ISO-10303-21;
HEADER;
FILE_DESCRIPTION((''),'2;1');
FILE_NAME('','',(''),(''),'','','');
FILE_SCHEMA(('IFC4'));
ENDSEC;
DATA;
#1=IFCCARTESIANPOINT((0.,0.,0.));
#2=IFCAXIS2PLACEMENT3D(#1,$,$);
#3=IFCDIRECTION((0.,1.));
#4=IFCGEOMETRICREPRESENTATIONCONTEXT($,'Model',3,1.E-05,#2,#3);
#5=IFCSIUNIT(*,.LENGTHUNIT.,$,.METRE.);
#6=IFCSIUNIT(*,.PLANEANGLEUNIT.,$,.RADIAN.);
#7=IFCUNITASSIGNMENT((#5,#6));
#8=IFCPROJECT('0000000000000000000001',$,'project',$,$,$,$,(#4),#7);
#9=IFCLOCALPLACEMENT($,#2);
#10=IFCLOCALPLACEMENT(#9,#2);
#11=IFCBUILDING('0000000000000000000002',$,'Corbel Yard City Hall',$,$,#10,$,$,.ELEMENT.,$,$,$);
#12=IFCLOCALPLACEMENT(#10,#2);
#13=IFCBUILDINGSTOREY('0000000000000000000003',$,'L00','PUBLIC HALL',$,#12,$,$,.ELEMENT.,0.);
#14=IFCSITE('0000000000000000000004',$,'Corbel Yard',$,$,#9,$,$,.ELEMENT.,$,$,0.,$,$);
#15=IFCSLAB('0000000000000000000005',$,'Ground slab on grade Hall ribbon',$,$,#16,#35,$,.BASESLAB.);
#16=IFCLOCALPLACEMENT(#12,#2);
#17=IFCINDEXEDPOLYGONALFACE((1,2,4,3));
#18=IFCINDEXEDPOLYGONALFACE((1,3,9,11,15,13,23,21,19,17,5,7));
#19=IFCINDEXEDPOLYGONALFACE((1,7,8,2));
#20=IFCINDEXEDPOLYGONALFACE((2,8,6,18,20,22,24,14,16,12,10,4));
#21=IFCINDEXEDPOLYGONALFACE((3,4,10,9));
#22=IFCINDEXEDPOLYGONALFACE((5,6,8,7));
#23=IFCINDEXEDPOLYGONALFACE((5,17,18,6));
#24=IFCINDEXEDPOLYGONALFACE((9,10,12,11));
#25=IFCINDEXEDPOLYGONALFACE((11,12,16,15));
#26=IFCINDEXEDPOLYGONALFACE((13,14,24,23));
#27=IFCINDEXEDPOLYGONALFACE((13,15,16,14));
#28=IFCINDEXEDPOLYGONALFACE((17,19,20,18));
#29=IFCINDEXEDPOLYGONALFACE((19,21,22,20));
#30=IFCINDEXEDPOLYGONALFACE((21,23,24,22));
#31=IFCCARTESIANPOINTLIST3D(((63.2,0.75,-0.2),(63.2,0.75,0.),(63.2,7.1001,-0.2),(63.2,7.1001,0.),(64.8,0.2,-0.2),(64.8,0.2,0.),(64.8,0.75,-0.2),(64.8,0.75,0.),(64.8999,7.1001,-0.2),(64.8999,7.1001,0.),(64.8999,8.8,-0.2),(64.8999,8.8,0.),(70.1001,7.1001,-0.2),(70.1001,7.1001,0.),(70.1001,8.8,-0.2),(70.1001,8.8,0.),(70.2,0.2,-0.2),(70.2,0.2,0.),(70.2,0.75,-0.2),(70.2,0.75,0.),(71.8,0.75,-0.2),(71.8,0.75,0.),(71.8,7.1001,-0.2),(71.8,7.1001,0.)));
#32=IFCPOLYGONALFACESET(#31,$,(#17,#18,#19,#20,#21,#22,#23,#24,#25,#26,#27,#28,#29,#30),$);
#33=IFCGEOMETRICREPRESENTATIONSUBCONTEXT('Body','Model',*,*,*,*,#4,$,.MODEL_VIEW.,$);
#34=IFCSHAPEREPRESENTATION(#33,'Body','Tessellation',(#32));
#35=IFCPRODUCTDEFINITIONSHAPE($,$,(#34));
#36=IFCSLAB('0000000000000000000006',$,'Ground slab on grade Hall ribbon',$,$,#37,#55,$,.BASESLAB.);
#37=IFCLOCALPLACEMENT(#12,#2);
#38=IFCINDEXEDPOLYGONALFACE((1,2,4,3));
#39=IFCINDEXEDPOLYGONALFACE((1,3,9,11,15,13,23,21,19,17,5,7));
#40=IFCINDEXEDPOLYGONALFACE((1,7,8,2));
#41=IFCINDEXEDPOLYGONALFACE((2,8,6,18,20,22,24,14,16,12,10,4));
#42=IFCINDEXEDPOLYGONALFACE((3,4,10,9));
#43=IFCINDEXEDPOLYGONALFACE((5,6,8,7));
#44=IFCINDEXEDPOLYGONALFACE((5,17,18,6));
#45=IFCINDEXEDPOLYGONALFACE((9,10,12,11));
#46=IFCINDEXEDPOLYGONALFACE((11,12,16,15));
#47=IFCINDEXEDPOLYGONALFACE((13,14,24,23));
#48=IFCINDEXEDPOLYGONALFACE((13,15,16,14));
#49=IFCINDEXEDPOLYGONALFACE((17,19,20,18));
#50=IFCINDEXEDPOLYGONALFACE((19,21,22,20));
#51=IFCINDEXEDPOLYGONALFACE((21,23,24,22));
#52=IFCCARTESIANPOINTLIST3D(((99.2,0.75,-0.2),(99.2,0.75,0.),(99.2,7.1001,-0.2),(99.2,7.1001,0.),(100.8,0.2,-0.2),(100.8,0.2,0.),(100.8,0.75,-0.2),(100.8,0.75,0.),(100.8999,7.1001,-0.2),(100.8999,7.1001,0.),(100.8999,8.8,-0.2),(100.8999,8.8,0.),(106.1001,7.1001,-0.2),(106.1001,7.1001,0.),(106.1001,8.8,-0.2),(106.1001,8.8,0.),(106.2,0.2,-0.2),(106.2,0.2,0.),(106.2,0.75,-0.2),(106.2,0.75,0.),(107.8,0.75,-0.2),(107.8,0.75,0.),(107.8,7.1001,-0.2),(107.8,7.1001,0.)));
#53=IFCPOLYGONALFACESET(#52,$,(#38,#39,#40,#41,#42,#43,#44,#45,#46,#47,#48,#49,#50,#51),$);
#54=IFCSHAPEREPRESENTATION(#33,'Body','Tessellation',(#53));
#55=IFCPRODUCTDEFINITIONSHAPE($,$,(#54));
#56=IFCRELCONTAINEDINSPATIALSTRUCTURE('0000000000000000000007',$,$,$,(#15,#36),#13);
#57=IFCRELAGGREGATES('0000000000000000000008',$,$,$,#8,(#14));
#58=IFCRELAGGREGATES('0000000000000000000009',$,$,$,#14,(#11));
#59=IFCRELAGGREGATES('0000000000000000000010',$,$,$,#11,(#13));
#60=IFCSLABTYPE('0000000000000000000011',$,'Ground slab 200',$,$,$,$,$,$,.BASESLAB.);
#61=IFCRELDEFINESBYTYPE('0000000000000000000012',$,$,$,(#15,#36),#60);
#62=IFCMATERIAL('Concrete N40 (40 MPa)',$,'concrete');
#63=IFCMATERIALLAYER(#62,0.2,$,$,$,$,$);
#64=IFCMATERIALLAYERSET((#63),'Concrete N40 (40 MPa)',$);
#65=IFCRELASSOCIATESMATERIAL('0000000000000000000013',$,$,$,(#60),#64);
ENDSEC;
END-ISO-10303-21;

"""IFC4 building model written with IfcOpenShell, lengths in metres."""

from ifc_helpers import new_model, si_unit, direction, frame, origin, place, context, subcontext, project, spatial, polyline, outline, extrude, material, layer, layer_set, type_object, element, save


model = new_model("IFC4")

# Units and contexts
model_context = context("Model", 3, precision=1e-05, world=origin(), true_north=direction((0.0, 1.0)))
body_context = subcontext(model_context, "Body", "Model", "MODEL_VIEW")
ifc_project = project(units=[si_unit("LENGTHUNIT", "METRE"), si_unit("PLANEANGLEUNIT", "RADIAN")], contexts=[model_context])

# Site, building, storey
site_placement = place(None, origin())
site = spatial("IfcSite", under=ifc_project, at=site_placement, Name="Corbel Yard", CompositionType="ELEMENT", RefElevation=0.0)
building_placement = place(site_placement, origin())
building = spatial("IfcBuilding", under=site, at=building_placement, Name="Corbel Yard City Hall", CompositionType="ELEMENT")
storey_placement = place(building_placement, origin())
storey = spatial("IfcBuildingStorey", under=building, at=storey_placement, Name="L00", Description="PUBLIC HALL", CompositionType="ELEMENT", Elevation=0.0)

# Slabs
ifc_material = material(Name="Concrete N40 (40 MPa)", Category="concrete")
ifc_layer_1 = layer(ifc_material, 0.2)
ifc_layer_set_1 = layer_set([ifc_layer_1], Name="Concrete N40 (40 MPa)")
slab_type_1 = type_object("IfcSlabType", Name="Ground slab 200", PredefinedType="BASESLAB", material=ifc_layer_set_1)
slab_1_placement = place(storey_placement, frame((0.0, 0.0, -0.2)))
element("IfcSlab", 1, at=slab_1_placement, inside=storey, type_object=slab_type_1, Name="Ground slab on grade Hall ribbon", PredefinedType="BASESLAB", context=body_context, shape_type="SweptSolid", body=[
    extrude(outline(polyline([(64.8999, 8.8), (64.8999, 7.1001), (63.2, 7.1001), (63.2, 0.75), (64.8, 0.75), (64.8, 0.2), (70.2, 0.2), (70.2, 0.75), (71.8, 0.75), (71.8, 7.1001), (70.1001, 7.1001), (70.1001, 8.8), (64.8999, 8.8)])), origin(), (0.0, 0.0, 1.0), 0.2),
])
slab_2_placement = place(storey_placement, frame((0.0, 0.0, -0.2)))
element("IfcSlab", 2, at=slab_2_placement, inside=storey, type_object=slab_type_1, Name="Ground slab on grade Hall ribbon", PredefinedType="BASESLAB", context=body_context, shape_type="SweptSolid", body=[
    extrude(outline(polyline([(99.2, 0.75), (100.8, 0.75), (100.8, 0.2), (106.2, 0.2), (106.2, 0.75), (107.8, 0.75), (107.8, 7.1001), (106.1001, 7.1001), (106.1001, 8.8), (100.8999, 8.8), (100.8999, 7.1001), (99.2, 7.1001), (99.2, 0.75)])), origin(), (0.0, 0.0, 1.0), 0.2),
])

save(model, "model.ifc")
